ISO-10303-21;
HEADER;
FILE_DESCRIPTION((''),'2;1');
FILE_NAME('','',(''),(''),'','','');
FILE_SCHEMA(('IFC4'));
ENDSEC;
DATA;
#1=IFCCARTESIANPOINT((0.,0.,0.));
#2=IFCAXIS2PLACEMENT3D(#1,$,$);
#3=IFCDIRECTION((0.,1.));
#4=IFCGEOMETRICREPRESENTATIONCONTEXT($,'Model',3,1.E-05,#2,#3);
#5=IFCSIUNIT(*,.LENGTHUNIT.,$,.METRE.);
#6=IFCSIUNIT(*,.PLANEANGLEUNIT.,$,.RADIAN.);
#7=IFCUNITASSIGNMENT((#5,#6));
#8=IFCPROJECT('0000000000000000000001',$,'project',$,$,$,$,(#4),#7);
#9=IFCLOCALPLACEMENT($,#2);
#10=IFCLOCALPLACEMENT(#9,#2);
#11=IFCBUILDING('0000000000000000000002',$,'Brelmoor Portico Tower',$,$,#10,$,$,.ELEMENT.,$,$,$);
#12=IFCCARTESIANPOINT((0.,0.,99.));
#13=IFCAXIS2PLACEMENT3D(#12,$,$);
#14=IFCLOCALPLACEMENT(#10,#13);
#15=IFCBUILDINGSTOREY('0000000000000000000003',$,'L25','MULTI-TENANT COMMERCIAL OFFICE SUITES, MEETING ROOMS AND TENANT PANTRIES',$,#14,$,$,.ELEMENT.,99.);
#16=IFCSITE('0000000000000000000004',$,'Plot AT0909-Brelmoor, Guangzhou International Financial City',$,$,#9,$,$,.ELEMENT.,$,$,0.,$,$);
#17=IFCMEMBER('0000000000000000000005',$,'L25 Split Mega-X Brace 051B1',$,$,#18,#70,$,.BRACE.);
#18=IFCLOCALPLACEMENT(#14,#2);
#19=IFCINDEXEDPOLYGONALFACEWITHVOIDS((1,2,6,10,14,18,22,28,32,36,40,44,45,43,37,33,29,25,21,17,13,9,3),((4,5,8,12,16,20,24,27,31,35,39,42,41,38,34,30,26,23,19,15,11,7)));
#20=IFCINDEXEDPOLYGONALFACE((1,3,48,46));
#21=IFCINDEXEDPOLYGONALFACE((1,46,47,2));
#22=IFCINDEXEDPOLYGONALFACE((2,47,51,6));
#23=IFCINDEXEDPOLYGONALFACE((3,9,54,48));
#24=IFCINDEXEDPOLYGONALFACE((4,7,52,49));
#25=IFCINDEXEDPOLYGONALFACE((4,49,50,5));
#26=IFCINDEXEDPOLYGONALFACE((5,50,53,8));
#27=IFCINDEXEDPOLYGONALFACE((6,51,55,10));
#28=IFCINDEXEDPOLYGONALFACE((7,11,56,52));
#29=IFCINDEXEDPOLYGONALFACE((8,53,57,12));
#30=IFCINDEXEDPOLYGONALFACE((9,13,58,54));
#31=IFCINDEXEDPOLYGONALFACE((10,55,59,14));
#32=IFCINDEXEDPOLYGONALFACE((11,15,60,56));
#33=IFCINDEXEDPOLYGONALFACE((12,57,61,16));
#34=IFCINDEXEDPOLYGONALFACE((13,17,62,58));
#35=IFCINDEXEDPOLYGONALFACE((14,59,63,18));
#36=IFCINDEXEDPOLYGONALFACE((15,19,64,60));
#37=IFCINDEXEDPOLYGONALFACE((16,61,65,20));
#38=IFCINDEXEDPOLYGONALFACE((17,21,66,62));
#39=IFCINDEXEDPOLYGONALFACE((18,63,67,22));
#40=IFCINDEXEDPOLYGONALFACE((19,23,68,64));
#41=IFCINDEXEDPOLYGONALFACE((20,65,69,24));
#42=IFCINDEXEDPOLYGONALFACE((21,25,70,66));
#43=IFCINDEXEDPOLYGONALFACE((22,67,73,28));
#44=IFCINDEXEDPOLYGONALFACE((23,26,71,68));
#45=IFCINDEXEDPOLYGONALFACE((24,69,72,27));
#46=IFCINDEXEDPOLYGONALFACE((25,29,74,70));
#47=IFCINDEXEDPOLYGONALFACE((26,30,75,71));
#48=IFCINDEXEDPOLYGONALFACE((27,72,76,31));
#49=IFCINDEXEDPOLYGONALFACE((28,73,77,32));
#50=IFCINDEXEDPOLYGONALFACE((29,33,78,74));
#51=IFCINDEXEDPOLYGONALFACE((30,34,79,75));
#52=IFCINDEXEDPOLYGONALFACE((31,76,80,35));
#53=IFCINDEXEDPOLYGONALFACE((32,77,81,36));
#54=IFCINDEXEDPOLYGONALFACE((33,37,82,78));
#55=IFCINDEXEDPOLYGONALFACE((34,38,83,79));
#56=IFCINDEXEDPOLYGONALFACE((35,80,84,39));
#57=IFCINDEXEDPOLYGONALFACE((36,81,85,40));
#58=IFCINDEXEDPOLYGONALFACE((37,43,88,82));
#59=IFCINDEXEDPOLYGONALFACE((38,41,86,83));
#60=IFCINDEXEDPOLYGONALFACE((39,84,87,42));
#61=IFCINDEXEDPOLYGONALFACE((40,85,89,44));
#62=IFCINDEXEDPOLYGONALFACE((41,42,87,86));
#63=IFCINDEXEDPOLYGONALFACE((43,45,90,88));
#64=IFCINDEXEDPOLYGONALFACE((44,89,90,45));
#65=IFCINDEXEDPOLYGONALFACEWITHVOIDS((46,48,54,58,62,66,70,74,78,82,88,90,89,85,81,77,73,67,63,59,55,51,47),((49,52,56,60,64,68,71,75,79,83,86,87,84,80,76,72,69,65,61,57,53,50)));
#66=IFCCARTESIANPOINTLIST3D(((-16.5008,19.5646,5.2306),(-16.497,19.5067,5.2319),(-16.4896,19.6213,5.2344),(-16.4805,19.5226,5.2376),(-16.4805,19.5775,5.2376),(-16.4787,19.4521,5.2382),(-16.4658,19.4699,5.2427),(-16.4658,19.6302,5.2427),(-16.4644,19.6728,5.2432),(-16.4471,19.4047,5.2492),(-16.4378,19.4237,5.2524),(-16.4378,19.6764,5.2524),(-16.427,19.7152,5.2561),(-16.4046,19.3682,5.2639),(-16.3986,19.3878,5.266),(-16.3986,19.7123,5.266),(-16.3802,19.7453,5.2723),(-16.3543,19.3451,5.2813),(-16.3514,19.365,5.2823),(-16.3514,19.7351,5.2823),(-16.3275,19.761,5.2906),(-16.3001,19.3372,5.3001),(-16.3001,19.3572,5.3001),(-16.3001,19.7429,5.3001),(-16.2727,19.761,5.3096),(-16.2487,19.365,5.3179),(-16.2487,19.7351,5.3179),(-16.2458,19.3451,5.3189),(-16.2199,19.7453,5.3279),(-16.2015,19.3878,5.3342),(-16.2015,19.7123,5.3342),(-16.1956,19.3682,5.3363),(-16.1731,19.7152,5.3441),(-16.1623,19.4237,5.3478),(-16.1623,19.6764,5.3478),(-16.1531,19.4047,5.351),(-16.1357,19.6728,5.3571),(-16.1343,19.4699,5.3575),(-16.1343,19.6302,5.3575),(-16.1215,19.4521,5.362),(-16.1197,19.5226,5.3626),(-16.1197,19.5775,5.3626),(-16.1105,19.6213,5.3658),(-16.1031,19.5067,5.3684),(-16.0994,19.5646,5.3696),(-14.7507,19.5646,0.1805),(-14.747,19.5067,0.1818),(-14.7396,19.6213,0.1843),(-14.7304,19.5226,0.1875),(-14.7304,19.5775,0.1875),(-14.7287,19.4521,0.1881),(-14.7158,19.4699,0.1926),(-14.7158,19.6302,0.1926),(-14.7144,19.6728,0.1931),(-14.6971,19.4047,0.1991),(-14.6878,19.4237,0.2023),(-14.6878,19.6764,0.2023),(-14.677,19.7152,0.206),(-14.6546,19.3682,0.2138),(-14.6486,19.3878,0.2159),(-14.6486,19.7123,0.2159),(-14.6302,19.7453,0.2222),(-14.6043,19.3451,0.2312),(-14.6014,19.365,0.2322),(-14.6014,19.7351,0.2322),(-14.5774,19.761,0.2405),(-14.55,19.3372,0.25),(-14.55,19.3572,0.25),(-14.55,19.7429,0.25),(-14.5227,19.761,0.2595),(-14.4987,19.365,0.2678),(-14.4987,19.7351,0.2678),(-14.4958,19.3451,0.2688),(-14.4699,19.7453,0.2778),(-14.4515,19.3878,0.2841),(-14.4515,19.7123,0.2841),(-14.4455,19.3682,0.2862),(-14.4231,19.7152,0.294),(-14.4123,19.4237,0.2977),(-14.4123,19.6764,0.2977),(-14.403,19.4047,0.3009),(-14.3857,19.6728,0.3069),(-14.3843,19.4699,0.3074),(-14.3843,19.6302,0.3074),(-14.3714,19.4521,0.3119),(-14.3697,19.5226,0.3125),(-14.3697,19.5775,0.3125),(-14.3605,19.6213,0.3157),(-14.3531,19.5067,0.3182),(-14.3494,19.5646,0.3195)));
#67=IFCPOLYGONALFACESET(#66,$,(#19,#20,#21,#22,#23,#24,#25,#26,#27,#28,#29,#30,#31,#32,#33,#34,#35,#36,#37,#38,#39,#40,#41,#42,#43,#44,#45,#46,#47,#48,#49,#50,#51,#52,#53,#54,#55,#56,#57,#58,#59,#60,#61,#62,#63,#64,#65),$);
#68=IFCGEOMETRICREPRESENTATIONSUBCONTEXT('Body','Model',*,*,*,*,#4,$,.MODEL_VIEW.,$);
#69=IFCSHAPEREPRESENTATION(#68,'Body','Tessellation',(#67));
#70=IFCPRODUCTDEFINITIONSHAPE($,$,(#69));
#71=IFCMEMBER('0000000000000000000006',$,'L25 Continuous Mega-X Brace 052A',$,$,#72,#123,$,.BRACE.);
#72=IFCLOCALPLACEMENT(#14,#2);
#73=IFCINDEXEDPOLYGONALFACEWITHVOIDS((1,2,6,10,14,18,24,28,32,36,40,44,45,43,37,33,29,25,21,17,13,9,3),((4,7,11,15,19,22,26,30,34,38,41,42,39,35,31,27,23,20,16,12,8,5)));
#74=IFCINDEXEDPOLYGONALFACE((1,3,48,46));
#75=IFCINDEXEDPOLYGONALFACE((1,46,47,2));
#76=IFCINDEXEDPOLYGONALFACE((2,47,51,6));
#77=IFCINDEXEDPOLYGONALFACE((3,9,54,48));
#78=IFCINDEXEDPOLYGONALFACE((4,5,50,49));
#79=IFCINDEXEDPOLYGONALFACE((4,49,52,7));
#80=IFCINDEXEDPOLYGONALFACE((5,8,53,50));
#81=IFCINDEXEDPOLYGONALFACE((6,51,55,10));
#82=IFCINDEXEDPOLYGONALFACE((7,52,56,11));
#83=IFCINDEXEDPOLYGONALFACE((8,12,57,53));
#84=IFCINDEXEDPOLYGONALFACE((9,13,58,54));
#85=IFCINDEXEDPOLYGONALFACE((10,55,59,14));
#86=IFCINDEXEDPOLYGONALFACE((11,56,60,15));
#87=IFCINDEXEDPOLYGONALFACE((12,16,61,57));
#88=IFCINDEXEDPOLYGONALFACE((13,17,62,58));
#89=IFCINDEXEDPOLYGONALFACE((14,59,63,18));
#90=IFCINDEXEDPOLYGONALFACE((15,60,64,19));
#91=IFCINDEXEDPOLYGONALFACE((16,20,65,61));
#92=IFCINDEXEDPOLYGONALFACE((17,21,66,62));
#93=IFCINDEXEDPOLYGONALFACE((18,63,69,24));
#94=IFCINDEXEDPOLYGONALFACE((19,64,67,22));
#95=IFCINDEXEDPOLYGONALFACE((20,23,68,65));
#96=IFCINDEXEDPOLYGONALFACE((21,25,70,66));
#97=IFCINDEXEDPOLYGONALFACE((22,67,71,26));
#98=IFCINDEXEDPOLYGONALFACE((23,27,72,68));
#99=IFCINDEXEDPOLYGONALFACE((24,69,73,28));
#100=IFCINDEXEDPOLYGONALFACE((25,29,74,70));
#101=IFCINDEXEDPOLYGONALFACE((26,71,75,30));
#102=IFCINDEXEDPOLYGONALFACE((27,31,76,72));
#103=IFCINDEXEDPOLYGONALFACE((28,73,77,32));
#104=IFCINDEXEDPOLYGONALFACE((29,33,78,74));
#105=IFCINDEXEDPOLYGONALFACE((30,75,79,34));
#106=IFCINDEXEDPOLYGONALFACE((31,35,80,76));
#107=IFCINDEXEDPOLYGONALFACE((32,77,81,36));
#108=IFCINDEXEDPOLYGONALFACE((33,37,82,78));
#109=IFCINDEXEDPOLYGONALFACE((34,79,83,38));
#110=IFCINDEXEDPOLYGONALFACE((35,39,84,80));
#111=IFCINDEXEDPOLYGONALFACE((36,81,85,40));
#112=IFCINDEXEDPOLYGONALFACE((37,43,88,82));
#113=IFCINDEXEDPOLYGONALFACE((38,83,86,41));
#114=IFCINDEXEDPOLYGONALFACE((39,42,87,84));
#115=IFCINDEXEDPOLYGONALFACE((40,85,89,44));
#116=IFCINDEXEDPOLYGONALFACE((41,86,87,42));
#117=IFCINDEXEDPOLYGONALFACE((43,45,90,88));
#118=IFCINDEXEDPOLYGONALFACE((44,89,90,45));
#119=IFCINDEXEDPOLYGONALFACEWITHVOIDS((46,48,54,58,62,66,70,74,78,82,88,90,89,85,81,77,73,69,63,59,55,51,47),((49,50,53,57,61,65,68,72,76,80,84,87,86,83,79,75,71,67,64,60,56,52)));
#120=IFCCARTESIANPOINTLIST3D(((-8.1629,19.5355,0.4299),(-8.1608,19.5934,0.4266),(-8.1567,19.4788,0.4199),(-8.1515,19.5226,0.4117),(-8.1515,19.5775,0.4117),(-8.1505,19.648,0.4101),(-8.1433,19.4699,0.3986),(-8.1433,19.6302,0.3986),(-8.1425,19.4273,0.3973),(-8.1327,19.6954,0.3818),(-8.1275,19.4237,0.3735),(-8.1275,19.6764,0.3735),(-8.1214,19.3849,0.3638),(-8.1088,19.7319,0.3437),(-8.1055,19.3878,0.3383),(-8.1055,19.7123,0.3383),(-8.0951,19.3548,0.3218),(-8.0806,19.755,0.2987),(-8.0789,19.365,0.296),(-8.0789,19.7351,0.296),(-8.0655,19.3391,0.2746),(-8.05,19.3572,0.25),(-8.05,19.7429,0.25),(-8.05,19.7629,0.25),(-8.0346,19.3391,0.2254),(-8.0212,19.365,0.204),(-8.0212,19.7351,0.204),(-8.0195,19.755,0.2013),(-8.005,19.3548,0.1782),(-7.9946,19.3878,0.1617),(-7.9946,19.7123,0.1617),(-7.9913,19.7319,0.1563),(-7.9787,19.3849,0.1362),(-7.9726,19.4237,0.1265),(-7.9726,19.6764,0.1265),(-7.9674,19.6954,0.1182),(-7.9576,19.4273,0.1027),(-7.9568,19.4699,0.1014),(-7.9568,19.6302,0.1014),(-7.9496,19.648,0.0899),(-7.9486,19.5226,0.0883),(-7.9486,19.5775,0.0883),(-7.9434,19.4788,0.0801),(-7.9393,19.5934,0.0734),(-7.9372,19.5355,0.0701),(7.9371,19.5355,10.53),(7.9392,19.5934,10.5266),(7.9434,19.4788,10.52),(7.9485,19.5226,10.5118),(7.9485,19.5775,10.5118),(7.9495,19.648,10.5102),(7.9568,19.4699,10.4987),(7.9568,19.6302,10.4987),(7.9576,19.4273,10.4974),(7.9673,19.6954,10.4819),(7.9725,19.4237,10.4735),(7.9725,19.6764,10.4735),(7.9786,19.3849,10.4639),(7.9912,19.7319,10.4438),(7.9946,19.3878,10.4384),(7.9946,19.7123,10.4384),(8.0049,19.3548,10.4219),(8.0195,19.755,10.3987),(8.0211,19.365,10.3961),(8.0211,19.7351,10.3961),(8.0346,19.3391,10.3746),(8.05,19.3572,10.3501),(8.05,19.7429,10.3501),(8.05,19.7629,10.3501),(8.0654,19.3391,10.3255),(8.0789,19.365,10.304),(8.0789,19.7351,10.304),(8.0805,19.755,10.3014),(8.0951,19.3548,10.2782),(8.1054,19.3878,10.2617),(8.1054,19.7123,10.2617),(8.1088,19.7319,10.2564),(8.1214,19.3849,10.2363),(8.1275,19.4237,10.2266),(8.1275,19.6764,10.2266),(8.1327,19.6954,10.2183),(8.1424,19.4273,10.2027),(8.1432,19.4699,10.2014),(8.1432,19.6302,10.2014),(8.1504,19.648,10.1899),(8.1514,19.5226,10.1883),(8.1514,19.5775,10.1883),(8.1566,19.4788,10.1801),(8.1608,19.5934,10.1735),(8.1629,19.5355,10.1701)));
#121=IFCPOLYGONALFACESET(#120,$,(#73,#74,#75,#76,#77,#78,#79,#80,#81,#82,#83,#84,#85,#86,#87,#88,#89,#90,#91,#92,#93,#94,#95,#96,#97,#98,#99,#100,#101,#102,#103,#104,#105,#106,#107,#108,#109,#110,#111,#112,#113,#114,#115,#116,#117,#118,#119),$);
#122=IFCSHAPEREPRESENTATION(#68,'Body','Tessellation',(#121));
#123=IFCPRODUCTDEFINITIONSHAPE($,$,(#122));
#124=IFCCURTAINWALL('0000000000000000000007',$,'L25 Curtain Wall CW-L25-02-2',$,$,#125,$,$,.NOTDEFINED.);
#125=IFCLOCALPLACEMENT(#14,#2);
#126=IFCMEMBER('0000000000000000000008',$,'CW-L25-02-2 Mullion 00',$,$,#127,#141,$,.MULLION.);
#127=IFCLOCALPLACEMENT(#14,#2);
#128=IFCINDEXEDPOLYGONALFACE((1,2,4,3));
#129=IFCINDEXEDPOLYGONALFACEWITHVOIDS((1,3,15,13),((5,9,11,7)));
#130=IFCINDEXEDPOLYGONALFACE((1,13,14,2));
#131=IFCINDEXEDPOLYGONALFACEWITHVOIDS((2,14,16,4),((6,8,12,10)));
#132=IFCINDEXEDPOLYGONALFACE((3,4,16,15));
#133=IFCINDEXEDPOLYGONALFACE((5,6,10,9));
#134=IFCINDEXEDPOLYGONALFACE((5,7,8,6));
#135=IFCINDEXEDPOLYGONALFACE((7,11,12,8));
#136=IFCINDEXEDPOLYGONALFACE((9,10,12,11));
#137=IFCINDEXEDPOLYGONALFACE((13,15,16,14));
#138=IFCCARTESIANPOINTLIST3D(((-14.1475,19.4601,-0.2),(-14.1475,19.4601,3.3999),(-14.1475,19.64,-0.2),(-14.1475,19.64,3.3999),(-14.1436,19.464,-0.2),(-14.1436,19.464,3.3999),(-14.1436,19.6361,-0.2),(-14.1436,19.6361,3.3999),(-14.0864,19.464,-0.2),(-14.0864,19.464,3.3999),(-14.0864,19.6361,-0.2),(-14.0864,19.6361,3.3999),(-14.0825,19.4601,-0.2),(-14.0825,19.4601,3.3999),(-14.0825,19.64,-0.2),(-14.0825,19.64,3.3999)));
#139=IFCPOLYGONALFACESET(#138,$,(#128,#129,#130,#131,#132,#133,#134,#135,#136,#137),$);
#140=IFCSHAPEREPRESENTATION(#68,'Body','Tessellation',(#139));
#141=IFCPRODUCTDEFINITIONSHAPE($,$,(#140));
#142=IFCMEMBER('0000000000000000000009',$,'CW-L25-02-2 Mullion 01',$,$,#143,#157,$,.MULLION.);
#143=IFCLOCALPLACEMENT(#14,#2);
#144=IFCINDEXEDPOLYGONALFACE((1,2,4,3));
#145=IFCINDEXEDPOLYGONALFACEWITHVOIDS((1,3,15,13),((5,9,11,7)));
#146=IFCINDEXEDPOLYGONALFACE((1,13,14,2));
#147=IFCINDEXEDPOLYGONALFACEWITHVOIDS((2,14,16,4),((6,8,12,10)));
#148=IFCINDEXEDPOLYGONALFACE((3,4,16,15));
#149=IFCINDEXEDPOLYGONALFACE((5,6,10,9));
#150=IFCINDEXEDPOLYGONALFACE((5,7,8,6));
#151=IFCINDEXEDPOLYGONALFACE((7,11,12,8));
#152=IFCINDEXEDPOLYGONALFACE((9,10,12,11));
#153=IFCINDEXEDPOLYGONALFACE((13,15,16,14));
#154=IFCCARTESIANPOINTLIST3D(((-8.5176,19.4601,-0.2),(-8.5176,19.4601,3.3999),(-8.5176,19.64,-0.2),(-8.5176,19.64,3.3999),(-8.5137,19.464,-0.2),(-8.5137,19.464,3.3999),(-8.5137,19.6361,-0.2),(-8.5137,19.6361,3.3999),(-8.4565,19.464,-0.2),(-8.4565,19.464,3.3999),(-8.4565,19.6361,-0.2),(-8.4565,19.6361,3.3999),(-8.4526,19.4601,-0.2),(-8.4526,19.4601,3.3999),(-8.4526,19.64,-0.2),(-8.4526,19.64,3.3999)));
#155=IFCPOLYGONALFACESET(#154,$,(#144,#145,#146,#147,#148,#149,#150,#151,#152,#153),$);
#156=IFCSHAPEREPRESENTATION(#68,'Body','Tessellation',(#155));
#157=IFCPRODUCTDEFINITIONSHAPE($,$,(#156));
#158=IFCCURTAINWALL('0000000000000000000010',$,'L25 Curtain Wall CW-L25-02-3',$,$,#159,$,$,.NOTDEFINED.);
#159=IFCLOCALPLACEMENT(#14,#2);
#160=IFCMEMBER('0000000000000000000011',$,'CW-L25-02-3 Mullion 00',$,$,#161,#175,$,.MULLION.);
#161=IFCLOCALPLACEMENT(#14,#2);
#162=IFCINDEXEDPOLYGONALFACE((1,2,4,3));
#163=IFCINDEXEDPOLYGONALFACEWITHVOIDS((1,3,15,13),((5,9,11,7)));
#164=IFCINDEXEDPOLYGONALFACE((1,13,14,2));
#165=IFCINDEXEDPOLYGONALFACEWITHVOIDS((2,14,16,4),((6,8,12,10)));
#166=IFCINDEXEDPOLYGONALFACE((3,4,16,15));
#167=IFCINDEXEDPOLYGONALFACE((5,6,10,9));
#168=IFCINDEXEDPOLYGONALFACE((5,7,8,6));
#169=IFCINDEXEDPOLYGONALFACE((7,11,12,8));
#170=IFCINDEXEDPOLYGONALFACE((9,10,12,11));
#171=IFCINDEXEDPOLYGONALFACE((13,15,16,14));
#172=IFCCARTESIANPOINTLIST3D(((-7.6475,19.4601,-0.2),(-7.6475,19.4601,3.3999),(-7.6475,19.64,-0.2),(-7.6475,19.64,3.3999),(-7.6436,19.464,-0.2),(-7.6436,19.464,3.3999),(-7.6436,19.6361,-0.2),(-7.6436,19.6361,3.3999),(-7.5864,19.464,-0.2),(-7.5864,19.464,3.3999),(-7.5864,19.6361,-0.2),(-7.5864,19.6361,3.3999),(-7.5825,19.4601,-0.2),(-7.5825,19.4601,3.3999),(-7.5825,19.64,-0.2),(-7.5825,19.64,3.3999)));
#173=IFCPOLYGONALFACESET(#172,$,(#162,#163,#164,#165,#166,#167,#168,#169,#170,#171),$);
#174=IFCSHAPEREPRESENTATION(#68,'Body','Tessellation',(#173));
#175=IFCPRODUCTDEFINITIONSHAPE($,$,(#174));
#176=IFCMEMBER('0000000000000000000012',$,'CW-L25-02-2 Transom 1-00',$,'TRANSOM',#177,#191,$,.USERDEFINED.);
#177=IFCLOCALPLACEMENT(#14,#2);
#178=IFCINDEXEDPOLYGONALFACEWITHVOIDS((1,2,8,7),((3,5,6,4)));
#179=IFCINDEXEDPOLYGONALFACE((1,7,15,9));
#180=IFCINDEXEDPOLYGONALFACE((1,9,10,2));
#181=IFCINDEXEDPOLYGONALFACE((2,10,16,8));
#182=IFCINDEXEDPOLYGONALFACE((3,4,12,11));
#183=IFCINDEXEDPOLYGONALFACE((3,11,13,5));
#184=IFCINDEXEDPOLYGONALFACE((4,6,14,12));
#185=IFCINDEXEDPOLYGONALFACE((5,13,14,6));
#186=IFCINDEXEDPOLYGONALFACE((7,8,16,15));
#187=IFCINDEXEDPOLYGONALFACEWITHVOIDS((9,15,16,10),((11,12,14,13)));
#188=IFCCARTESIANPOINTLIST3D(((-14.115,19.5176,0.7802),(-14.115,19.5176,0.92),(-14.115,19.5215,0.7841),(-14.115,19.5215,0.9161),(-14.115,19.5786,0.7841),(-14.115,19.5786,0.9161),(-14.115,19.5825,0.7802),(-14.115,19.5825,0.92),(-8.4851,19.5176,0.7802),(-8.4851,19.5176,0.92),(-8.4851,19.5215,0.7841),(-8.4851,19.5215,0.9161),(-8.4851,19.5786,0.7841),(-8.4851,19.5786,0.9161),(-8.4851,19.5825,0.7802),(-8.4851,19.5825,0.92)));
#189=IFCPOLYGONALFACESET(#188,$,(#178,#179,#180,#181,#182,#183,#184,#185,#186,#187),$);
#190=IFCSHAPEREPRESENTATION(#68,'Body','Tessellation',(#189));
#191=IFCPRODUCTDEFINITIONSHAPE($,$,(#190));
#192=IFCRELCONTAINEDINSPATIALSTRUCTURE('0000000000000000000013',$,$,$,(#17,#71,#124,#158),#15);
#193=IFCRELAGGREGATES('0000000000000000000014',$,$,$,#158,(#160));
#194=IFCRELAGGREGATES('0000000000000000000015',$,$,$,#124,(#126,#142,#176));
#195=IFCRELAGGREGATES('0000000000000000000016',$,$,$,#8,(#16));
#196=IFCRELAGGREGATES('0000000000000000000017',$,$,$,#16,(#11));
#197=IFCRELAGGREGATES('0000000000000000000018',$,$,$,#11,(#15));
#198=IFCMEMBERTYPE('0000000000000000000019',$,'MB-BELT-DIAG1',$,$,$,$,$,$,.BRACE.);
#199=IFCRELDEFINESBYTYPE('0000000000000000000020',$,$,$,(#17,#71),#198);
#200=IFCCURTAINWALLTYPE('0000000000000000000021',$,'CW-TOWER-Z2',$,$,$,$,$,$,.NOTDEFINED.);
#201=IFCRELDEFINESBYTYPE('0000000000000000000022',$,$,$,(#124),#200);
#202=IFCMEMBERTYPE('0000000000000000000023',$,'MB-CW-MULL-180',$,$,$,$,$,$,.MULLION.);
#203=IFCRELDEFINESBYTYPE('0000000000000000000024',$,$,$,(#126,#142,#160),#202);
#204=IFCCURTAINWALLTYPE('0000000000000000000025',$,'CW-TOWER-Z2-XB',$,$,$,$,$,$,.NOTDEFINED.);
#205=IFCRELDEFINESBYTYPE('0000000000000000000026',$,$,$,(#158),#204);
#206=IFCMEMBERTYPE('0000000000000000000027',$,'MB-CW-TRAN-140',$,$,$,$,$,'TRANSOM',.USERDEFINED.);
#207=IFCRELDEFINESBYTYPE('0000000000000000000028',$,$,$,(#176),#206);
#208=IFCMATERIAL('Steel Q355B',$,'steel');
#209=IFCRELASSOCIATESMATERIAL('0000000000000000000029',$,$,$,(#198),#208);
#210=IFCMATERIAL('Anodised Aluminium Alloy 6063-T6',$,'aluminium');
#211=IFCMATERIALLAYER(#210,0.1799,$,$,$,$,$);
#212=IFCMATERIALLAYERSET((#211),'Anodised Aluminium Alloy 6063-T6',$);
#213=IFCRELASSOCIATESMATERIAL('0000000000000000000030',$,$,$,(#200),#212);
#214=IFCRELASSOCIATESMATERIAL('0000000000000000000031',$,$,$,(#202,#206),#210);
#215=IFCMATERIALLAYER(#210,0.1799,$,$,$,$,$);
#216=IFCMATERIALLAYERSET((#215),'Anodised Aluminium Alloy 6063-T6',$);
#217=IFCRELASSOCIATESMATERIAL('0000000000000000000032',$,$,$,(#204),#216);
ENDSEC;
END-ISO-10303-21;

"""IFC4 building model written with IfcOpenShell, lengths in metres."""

from ifc_helpers import new_model, si_unit, direction, frame, origin, origin_2d, place, context, subcontext, project, spatial, hollow_rectangle, hollow_circle, extrude, material, layer, layer_set, material_profile, profile_set, type_object, element, aggregate, save


model = new_model("IFC4")

# Units and contexts
model_context = context("Model", 3, precision=1e-05, world=origin(), true_north=direction((0.0, 1.0)))
body_context = subcontext(model_context, "Body", "Model", "MODEL_VIEW")
ifc_project = project(units=[si_unit("LENGTHUNIT", "METRE"), si_unit("PLANEANGLEUNIT", "RADIAN")], contexts=[model_context])

# Site, building, storey
site_placement = place(None, origin())
site = spatial("IfcSite", under=ifc_project, at=site_placement, Name="Plot AT0909-Brelmoor, Guangzhou International Financial City", CompositionType="ELEMENT", RefElevation=0.0)
building_placement = place(site_placement, origin())
building = spatial("IfcBuilding", under=site, at=building_placement, Name="Brelmoor Portico Tower", CompositionType="ELEMENT")
storey_placement = place(building_placement, frame((0.0, 0.0, 99.0)))
storey = spatial("IfcBuildingStorey", under=building, at=storey_placement, Name="L25", Description="MULTI-TENANT COMMERCIAL OFFICE SUITES, MEETING ROOMS AND TENANT PANTRIES", CompositionType="ELEMENT", Elevation=99.0)

# Shared definitions
ifc_material_1 = material(Name="Steel Q355B", Category="steel")

# Members
ifc_material_profile_1 = material_profile(ifc_material_1, hollow_circle(Radius=0.2129, WallThickness=0.02, at=origin_2d()), Name="CHS 426x20")
ifc_profile_set_1 = profile_set([ifc_material_profile_1], Name="Steel Q355B")
member_type_1 = type_object("IfcMemberType", Name="MB-BELT-DIAG1", PredefinedType="BRACE", material=ifc_profile_set_1)
member_1_placement = place(storey_placement, frame((-14.55, 19.55, 0.25), z_axis=(-0.327429, 0.0, 0.944876), x_axis=(0.0, -1.0, 0.0)))
element("IfcMember", 1, at=member_1_placement, inside=storey, type_object=member_type_1, Name="L25 Split Mega-X Brace 051B1", PredefinedType="BRACE", context=body_context, shape_type="SweptSolid", body=[
    extrude(hollow_circle(Radius=0.2129, WallThickness=0.02, at=origin_2d()), origin(), (0.0, 0.0, 1.0), 5.3447),
])
member_2_placement = place(storey_placement, frame((-8.05, 19.55, 0.25), z_axis=(0.847109, 0.0, 0.531418), x_axis=(0.0, 1.0, 0.0)))
element("IfcMember", 2, at=member_2_placement, inside=storey, type_object=member_type_1, Name="L25 Continuous Mega-X Brace 052A", PredefinedType="BRACE", context=body_context, shape_type="SweptSolid", body=[
    extrude(hollow_circle(Radius=0.2129, WallThickness=0.02, at=origin_2d()), origin(), (0.0, 0.0, 1.0), 19.0059),
])

# Curtain wall, members
ifc_material_2 = material(Name="Anodised Aluminium Alloy 6063-T6", Category="aluminium")
ifc_layer_1 = layer(ifc_material_2, 0.1799)
ifc_layer_set_1 = layer_set([ifc_layer_1], Name="Anodised Aluminium Alloy 6063-T6")
curtain_wall_type_1 = type_object("IfcCurtainWallType", Name="CW-TOWER-Z2", PredefinedType="NOTDEFINED", material=ifc_layer_set_1)
curtain_wall_1_placement = place(storey_placement, origin())
curtain_wall_1 = element("IfcCurtainWall", 3, at=curtain_wall_1_placement, inside=storey, type_object=curtain_wall_type_1, Name="L25 Curtain Wall CW-L25-02-2", PredefinedType="NOTDEFINED")
ifc_material_profile_2 = material_profile(ifc_material_2, hollow_rectangle(XDim=0.0649, YDim=0.1799, WallThickness=0.0039, at=origin_2d()), Name="ALU MULLION 65x180")
ifc_profile_set_2 = profile_set([ifc_material_profile_2], Name="Anodised Aluminium Alloy 6063-T6")
member_type_2 = type_object("IfcMemberType", Name="MB-CW-MULL-180", PredefinedType="MULLION", material=ifc_profile_set_2)
member_3_placement = place(storey_placement, frame((-14.115, 19.55, -0.2), z_axis=(0.0, 0.0, 1.0), x_axis=(1.0, 0.0, 0.0)))
member_3 = element("IfcMember", 4, at=member_3_placement, type_object=member_type_2, Name="CW-L25-02-2 Mullion 00", PredefinedType="MULLION", context=body_context, shape_type="SweptSolid", body=[
    extrude(hollow_rectangle(XDim=0.0649, YDim=0.1799, WallThickness=0.0039, at=origin_2d()), origin(), (0.0, 0.0, 1.0), 3.5999),
])
member_4_placement = place(storey_placement, frame((-8.4851, 19.55, -0.2), z_axis=(0.0, 0.0, 1.0), x_axis=(1.0, 0.0, 0.0)))
member_4 = element("IfcMember", 5, at=member_4_placement, type_object=member_type_2, Name="CW-L25-02-2 Mullion 01", PredefinedType="MULLION", context=body_context, shape_type="SweptSolid", body=[
    extrude(hollow_rectangle(XDim=0.0649, YDim=0.1799, WallThickness=0.0039, at=origin_2d()), origin(), (0.0, 0.0, 1.0), 3.5999),
])

# Curtain wall, member
ifc_layer_2 = layer(ifc_material_2, 0.1799)
ifc_layer_set_2 = layer_set([ifc_layer_2], Name="Anodised Aluminium Alloy 6063-T6")
curtain_wall_type_2 = type_object("IfcCurtainWallType", Name="CW-TOWER-Z2-XB", PredefinedType="NOTDEFINED", material=ifc_layer_set_2)
curtain_wall_2_placement = place(storey_placement, origin())
curtain_wall_2 = element("IfcCurtainWall", 6, at=curtain_wall_2_placement, inside=storey, type_object=curtain_wall_type_2, Name="L25 Curtain Wall CW-L25-02-3", PredefinedType="NOTDEFINED")
member_5_placement = place(storey_placement, frame((-7.615, 19.55, -0.2), z_axis=(0.0, 0.0, 1.0), x_axis=(1.0, 0.0, 0.0)))
member_5 = element("IfcMember", 7, at=member_5_placement, type_object=member_type_2, Name="CW-L25-02-3 Mullion 00", PredefinedType="MULLION", context=body_context, shape_type="SweptSolid", body=[
    extrude(hollow_rectangle(XDim=0.0649, YDim=0.1799, WallThickness=0.0039, at=origin_2d()), origin(), (0.0, 0.0, 1.0), 3.5999),
])

# Member
ifc_material_profile_3 = material_profile(ifc_material_2, hollow_rectangle(XDim=0.0649, YDim=0.1399, WallThickness=0.0039, at=origin_2d()), Name="ALU TRANSOM 65x140")
ifc_profile_set_3 = profile_set([ifc_material_profile_3], Name="Anodised Aluminium Alloy 6063-T6")
member_type_3 = type_object("IfcMemberType", Name="MB-CW-TRAN-140", ElementType="TRANSOM", PredefinedType="USERDEFINED", material=ifc_profile_set_3)
member_6_placement = place(storey_placement, frame((-14.115, 19.55, 0.8501), z_axis=(1.0, 0.0, 0.0), x_axis=(0.0, 1.0, 0.0)))
member_6 = element("IfcMember", 8, at=member_6_placement, type_object=member_type_3, Name="CW-L25-02-2 Transom 1-00", ObjectType="TRANSOM", PredefinedType="USERDEFINED", context=body_context, shape_type="SweptSolid", body=[
    extrude(hollow_rectangle(XDim=0.0649, YDim=0.1399, WallThickness=0.0039, at=origin_2d()), origin(), (0.0, 0.0, 1.0), 5.6299),
])
aggregate(curtain_wall_2, [member_5])

aggregate(curtain_wall_1, [member_3, member_4, member_6])

save(model, "model.ifc")
